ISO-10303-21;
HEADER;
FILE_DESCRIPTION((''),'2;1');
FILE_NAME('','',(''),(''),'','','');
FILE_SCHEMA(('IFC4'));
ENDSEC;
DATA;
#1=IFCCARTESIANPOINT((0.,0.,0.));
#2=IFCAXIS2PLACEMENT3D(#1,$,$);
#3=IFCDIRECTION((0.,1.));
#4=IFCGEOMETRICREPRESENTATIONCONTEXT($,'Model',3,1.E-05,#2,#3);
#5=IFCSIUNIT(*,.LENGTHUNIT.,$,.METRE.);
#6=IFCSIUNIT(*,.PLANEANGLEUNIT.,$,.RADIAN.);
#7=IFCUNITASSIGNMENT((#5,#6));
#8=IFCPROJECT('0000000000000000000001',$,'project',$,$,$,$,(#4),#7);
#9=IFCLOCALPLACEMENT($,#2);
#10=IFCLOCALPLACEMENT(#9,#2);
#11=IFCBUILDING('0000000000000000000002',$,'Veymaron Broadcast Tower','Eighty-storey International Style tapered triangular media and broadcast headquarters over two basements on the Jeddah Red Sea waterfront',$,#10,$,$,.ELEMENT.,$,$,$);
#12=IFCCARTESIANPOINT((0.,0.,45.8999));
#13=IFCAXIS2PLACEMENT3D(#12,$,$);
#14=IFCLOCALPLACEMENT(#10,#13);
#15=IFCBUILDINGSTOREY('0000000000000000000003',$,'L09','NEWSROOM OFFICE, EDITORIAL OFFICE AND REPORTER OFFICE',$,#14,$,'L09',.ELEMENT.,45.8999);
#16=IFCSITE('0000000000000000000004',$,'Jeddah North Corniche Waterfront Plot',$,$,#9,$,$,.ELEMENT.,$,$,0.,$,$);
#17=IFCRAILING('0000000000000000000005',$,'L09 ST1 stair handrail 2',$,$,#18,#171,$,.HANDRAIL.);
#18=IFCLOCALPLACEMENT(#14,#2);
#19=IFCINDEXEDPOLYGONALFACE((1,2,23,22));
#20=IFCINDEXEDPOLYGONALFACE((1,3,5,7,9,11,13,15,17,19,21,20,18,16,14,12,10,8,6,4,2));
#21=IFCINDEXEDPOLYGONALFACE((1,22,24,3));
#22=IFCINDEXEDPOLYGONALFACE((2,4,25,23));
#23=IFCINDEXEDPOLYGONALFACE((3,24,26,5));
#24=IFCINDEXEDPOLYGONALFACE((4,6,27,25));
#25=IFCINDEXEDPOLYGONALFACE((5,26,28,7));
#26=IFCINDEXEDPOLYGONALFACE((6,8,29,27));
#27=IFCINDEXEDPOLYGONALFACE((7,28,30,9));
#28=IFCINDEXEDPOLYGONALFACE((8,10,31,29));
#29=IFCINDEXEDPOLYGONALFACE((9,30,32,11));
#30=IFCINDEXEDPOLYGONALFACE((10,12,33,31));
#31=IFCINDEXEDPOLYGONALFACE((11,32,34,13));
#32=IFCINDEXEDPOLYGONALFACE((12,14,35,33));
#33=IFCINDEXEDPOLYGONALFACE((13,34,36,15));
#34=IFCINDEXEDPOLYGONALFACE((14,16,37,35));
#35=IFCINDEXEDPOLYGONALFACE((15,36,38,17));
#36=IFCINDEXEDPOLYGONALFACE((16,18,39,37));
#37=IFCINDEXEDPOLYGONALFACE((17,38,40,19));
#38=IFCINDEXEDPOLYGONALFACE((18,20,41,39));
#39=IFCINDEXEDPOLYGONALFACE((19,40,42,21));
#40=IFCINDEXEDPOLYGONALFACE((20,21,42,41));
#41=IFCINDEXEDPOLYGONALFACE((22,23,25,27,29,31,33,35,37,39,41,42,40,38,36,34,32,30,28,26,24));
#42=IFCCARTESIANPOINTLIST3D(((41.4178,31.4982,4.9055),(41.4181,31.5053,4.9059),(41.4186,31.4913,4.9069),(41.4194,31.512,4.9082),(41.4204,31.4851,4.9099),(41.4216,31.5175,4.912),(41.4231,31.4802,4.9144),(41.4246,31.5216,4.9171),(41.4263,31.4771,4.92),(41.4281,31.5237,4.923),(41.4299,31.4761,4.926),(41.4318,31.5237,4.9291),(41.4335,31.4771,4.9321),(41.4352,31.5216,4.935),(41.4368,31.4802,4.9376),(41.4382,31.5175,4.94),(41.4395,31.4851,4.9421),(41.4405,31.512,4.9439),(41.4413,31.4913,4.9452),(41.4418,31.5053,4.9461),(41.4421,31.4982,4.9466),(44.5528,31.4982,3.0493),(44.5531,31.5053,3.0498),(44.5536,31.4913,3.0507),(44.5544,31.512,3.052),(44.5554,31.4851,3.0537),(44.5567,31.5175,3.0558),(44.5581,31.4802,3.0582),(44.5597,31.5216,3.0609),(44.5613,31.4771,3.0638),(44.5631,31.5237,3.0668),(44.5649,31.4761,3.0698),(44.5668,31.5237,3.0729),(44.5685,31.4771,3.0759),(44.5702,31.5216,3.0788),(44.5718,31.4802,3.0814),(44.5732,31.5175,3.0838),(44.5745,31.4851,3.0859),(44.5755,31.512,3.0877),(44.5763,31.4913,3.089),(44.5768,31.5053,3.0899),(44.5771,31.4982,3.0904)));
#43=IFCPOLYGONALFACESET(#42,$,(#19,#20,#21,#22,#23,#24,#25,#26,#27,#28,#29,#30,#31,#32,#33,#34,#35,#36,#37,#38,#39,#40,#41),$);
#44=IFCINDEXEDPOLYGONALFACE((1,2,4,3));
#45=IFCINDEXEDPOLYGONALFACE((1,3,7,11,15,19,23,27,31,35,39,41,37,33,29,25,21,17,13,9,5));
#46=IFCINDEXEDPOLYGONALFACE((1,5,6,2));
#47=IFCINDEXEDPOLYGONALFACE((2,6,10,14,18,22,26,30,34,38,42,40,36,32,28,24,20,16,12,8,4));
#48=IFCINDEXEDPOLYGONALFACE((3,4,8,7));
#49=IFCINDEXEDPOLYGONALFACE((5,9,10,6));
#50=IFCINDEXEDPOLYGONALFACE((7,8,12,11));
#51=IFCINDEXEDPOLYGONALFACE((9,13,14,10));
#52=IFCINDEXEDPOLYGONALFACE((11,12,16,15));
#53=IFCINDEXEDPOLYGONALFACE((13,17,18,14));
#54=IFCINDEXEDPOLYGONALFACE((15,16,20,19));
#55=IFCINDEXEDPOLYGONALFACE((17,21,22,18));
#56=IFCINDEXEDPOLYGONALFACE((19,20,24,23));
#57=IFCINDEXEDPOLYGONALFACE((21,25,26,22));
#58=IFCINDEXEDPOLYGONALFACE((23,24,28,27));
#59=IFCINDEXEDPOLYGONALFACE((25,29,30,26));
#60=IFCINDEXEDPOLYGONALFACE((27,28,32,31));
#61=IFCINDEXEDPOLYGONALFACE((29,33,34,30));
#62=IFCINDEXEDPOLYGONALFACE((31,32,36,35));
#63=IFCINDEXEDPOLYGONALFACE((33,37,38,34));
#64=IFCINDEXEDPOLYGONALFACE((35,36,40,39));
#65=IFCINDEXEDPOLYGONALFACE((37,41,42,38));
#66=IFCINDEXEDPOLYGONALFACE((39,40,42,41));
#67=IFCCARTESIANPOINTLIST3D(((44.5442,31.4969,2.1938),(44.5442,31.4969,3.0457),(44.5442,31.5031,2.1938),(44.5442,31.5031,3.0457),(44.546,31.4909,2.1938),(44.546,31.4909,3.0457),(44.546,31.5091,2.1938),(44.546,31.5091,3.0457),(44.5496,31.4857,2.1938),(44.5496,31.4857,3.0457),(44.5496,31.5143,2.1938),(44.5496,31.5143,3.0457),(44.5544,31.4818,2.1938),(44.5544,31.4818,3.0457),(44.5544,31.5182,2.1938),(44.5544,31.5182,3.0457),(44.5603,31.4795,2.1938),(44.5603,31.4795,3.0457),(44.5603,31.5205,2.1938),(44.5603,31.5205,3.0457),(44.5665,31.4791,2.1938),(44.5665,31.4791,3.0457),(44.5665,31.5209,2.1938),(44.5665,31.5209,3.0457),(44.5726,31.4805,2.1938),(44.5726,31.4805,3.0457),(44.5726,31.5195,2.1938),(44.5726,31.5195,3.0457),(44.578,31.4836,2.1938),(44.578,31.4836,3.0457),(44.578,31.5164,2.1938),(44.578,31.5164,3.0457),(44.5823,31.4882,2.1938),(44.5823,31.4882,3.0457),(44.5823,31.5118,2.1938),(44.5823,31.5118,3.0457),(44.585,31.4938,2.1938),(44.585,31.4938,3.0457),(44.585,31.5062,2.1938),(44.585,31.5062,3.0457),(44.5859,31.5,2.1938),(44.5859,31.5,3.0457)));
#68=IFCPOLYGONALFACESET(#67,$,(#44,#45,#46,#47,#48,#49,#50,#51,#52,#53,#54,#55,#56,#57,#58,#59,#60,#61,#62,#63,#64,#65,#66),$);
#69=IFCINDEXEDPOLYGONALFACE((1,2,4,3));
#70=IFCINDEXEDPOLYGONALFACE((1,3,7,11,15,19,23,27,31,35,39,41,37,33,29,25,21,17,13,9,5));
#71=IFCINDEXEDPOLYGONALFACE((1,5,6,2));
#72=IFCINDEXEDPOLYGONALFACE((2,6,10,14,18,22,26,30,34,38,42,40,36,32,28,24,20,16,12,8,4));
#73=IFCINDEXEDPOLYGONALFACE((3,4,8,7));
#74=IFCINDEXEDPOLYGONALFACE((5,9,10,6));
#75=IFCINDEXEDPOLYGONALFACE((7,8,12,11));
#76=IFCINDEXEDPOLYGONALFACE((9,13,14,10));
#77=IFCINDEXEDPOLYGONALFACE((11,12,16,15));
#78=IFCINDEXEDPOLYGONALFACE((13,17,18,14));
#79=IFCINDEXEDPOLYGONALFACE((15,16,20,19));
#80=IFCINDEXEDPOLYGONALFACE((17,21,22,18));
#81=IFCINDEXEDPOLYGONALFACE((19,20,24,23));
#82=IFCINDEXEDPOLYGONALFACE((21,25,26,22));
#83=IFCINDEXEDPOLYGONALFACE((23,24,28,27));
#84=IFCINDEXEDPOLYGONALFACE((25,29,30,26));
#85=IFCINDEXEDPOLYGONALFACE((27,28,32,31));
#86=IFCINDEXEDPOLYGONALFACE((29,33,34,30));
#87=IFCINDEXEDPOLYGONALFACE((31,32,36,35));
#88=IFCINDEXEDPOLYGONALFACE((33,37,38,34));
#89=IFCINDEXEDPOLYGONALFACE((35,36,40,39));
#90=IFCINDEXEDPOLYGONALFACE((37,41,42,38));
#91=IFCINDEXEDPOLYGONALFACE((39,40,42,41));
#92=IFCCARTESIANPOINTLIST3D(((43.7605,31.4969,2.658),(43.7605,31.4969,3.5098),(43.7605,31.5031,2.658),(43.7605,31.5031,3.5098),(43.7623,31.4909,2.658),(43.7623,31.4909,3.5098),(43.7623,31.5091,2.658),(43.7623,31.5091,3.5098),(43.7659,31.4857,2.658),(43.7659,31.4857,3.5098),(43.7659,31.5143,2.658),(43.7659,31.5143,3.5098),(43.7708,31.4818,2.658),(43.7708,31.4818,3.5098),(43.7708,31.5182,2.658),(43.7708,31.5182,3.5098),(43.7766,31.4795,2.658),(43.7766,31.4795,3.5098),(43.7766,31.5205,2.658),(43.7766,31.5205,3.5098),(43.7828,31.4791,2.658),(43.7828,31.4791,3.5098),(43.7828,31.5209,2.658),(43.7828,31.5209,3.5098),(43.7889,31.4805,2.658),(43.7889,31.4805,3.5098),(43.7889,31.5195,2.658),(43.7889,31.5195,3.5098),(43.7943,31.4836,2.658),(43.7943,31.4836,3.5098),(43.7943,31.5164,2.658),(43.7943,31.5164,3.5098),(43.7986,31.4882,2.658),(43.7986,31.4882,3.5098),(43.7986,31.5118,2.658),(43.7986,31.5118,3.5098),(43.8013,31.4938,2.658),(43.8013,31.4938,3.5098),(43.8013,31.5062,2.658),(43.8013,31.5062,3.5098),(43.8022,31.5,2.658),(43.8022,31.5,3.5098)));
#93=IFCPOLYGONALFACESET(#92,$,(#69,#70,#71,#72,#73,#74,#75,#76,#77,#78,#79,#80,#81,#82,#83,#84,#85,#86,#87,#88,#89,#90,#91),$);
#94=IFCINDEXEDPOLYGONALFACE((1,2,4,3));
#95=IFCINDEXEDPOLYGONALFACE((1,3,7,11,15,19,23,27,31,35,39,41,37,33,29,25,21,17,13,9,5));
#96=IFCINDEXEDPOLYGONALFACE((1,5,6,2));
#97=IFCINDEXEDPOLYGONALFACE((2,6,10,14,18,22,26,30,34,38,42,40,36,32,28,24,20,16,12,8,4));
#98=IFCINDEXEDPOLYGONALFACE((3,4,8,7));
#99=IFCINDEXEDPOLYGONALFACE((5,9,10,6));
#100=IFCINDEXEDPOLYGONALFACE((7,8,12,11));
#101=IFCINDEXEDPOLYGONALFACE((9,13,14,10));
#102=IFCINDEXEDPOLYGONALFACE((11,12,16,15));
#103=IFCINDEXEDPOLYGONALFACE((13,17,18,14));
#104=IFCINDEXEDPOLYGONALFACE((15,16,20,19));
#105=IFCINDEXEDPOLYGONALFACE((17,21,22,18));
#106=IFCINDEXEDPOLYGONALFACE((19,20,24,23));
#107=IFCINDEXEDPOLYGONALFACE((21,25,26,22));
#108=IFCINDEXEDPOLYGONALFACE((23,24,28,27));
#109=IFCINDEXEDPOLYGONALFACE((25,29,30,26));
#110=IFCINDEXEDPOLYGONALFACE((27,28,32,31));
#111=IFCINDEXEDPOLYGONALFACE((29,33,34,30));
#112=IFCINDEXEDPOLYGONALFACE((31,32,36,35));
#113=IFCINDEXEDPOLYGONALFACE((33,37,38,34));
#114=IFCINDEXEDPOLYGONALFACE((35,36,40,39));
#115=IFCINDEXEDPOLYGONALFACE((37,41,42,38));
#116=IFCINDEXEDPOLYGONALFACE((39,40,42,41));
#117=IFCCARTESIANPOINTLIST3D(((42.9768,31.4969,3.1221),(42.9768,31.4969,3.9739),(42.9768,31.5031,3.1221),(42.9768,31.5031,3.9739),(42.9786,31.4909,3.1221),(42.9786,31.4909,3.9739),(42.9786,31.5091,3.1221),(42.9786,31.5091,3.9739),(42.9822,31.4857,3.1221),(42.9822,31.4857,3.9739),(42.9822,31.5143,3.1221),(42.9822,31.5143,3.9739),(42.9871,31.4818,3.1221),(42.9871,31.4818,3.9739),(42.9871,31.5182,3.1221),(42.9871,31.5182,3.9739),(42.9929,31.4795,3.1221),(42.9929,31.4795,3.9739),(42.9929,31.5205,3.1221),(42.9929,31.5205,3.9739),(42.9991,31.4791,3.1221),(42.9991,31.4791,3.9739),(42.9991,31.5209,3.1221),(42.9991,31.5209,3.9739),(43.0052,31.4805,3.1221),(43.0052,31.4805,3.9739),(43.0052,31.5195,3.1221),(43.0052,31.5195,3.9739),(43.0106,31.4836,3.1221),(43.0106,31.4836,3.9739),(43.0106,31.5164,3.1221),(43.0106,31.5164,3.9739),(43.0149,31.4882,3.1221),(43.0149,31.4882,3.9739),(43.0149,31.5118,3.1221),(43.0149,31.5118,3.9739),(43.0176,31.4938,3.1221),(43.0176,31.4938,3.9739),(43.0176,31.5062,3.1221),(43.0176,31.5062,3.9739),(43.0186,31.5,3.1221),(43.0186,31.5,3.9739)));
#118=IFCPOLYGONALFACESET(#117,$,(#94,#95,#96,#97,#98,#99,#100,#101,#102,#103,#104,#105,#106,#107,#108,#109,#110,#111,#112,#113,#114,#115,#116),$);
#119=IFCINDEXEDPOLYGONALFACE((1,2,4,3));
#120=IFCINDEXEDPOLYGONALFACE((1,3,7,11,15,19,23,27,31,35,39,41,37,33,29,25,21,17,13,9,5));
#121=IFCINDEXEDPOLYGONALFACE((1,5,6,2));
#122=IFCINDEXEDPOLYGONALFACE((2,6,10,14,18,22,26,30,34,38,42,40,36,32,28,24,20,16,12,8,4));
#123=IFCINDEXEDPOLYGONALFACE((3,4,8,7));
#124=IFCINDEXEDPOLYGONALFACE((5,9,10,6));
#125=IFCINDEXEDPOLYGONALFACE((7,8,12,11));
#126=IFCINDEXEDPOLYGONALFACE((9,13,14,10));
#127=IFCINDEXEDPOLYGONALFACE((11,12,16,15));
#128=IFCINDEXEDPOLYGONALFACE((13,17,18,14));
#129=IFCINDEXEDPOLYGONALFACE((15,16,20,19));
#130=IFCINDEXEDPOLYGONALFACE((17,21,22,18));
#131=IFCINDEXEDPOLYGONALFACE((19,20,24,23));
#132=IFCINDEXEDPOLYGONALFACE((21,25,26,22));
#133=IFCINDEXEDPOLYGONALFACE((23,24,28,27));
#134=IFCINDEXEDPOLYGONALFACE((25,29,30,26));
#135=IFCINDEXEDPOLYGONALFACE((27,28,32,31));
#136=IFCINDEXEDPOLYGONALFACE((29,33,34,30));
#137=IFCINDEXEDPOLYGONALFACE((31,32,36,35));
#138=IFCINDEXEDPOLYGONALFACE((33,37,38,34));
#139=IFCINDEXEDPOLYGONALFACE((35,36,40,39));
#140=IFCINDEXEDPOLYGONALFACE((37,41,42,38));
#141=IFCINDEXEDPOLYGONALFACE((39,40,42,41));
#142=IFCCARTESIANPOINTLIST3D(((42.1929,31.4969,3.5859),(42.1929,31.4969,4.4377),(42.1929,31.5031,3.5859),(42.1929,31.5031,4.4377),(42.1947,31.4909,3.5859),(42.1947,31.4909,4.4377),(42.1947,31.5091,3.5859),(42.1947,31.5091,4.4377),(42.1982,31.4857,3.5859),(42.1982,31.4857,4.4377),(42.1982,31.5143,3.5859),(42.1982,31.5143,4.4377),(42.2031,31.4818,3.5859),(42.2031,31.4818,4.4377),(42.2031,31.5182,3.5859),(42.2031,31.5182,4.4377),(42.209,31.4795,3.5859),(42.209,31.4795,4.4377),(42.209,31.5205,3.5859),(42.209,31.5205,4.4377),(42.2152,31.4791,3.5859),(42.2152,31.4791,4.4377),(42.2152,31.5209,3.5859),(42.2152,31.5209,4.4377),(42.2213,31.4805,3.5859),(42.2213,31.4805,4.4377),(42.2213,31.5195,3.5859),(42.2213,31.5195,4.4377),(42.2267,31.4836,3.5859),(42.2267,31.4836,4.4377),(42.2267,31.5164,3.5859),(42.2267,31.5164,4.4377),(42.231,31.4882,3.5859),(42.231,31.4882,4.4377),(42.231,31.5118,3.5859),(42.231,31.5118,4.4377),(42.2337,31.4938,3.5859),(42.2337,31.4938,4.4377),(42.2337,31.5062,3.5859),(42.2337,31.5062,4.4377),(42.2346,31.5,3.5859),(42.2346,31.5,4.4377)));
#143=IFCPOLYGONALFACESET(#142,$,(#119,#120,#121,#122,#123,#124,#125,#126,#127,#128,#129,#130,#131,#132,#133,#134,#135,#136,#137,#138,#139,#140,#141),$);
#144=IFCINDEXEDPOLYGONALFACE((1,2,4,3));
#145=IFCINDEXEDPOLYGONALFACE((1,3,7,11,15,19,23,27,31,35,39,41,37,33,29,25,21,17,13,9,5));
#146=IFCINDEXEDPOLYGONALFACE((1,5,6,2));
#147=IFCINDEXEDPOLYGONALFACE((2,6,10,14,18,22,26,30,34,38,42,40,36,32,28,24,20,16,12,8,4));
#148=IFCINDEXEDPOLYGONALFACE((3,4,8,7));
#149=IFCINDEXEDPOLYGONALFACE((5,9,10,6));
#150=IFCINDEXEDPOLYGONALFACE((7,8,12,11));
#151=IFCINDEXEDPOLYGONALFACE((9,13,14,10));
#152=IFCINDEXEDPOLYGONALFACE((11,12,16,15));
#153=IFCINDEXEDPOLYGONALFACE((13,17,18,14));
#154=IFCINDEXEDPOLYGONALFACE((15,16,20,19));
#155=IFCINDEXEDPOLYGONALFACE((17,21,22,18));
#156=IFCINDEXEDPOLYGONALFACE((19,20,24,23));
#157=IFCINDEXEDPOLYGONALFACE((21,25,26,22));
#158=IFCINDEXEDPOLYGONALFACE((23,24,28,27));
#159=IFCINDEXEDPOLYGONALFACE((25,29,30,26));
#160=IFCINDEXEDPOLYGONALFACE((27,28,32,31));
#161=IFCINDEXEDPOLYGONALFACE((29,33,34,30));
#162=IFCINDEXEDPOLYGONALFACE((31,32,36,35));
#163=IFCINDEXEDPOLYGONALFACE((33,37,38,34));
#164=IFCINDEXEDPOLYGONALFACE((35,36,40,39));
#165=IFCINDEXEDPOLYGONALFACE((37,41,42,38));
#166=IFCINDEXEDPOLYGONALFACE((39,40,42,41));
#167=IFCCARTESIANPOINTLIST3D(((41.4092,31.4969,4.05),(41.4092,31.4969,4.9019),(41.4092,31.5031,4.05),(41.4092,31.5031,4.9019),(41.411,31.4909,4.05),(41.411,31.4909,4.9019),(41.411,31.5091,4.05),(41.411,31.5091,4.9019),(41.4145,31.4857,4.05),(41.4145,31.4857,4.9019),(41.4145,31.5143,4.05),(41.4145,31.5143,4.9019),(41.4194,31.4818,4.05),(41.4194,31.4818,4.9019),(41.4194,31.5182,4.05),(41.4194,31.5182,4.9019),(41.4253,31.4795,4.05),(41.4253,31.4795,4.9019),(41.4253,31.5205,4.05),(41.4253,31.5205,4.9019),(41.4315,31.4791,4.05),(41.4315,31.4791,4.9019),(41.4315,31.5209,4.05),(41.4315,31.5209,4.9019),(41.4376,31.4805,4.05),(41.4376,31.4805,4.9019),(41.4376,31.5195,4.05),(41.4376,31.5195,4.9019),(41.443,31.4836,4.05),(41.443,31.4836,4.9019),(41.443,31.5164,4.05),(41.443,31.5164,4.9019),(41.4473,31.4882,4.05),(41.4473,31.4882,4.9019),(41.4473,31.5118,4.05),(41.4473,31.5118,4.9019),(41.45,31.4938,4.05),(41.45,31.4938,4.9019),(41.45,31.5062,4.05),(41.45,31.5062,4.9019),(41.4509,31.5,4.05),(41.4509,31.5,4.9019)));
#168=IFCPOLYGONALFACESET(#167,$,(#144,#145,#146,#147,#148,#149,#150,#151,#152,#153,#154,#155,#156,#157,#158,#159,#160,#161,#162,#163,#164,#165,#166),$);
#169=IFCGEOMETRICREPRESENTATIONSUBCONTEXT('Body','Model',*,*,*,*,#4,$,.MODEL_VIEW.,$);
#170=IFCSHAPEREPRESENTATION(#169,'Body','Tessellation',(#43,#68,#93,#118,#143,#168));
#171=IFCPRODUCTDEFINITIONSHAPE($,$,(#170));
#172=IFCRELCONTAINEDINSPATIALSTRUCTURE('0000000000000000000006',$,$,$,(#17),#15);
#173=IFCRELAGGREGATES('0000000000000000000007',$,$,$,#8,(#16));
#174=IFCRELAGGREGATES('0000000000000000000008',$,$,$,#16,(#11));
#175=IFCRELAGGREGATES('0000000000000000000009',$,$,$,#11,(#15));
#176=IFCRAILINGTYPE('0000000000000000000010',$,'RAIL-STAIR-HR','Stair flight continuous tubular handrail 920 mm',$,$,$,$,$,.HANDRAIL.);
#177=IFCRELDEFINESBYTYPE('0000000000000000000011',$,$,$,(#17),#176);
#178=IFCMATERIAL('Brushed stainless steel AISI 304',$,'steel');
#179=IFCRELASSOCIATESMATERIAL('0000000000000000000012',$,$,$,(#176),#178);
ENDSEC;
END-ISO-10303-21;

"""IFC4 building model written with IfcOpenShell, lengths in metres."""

from ifc_helpers import new_model, si_unit, direction, frame, origin, origin_2d, place, context, subcontext, project, spatial, circle, extrude, material, type_object, element, save


model = new_model("IFC4")

# Units and contexts
model_context = context("Model", 3, precision=1e-05, world=origin(), true_north=direction((0.0, 1.0)))
body_context = subcontext(model_context, "Body", "Model", "MODEL_VIEW")
ifc_project = project(units=[si_unit("LENGTHUNIT", "METRE"), si_unit("PLANEANGLEUNIT", "RADIAN")], contexts=[model_context])

# Site, building, storey
site_placement = place(None, origin())
site = spatial("IfcSite", under=ifc_project, at=site_placement, Name="Jeddah North Corniche Waterfront Plot", CompositionType="ELEMENT", RefElevation=0.0)
building_placement = place(site_placement, origin())
building = spatial("IfcBuilding", under=site, at=building_placement, Name="Veymaron Broadcast Tower", Description="Eighty-storey International Style tapered triangular media and broadcast headquarters over two basements on the Jeddah Red Sea waterfront", CompositionType="ELEMENT")
storey_placement = place(building_placement, frame((0.0, 0.0, 45.8999)))
storey = spatial("IfcBuildingStorey", under=building, at=storey_placement, Name="L09", Description="NEWSROOM OFFICE, EDITORIAL OFFICE AND REPORTER OFFICE", LongName="L09", CompositionType="ELEMENT", Elevation=45.8999)

# Shared definitions
ifc_material_1 = material(Name="Brushed stainless steel AISI 304", Category="steel")

# Railing
railing_type_1 = type_object("IfcRailingType", Name="RAIL-STAIR-HR", Description="Stair flight continuous tubular handrail 920 mm", PredefinedType="HANDRAIL", material=ifc_material_1)
railing_1_placement = place(storey_placement, frame((44.5649, 31.5, 2.1938)))
element("IfcRailing", 1, at=railing_1_placement, inside=storey, type_object=railing_type_1, Name="L09 ST1 stair handrail 2", PredefinedType="HANDRAIL", context=body_context, shape_type="SweptSolid", body=[
    extrude(circle(Radius=0.0239, at=origin_2d()), frame((0.0, 0.0, 0.876), z_axis=(-0.860482, 0.0, 0.509481), x_axis=(0.0, -1.0, 0.0)), (0.0, 0.0, 1.0), 3.6433),
    extrude(circle(Radius=0.021, at=origin_2d()), origin(), (0.0, 0.0, 1.0), 0.8518),
    extrude(circle(Radius=0.021, at=origin_2d()), frame((-0.7837, 0.0, 0.4641)), (0.0, 0.0, 1.0), 0.8518),
    extrude(circle(Radius=0.021, at=origin_2d()), frame((-1.5674, 0.0, 0.9282)), (0.0, 0.0, 1.0), 0.8518),
    extrude(circle(Radius=0.021, at=origin_2d()), frame((-2.3513, 0.0, 1.3921)), (0.0, 0.0, 1.0), 0.8518),
    extrude(circle(Radius=0.021, at=origin_2d()), frame((-3.135, 0.0, 1.8562)), (0.0, 0.0, 1.0), 0.8518),
])

save(model, "model.ifc")
